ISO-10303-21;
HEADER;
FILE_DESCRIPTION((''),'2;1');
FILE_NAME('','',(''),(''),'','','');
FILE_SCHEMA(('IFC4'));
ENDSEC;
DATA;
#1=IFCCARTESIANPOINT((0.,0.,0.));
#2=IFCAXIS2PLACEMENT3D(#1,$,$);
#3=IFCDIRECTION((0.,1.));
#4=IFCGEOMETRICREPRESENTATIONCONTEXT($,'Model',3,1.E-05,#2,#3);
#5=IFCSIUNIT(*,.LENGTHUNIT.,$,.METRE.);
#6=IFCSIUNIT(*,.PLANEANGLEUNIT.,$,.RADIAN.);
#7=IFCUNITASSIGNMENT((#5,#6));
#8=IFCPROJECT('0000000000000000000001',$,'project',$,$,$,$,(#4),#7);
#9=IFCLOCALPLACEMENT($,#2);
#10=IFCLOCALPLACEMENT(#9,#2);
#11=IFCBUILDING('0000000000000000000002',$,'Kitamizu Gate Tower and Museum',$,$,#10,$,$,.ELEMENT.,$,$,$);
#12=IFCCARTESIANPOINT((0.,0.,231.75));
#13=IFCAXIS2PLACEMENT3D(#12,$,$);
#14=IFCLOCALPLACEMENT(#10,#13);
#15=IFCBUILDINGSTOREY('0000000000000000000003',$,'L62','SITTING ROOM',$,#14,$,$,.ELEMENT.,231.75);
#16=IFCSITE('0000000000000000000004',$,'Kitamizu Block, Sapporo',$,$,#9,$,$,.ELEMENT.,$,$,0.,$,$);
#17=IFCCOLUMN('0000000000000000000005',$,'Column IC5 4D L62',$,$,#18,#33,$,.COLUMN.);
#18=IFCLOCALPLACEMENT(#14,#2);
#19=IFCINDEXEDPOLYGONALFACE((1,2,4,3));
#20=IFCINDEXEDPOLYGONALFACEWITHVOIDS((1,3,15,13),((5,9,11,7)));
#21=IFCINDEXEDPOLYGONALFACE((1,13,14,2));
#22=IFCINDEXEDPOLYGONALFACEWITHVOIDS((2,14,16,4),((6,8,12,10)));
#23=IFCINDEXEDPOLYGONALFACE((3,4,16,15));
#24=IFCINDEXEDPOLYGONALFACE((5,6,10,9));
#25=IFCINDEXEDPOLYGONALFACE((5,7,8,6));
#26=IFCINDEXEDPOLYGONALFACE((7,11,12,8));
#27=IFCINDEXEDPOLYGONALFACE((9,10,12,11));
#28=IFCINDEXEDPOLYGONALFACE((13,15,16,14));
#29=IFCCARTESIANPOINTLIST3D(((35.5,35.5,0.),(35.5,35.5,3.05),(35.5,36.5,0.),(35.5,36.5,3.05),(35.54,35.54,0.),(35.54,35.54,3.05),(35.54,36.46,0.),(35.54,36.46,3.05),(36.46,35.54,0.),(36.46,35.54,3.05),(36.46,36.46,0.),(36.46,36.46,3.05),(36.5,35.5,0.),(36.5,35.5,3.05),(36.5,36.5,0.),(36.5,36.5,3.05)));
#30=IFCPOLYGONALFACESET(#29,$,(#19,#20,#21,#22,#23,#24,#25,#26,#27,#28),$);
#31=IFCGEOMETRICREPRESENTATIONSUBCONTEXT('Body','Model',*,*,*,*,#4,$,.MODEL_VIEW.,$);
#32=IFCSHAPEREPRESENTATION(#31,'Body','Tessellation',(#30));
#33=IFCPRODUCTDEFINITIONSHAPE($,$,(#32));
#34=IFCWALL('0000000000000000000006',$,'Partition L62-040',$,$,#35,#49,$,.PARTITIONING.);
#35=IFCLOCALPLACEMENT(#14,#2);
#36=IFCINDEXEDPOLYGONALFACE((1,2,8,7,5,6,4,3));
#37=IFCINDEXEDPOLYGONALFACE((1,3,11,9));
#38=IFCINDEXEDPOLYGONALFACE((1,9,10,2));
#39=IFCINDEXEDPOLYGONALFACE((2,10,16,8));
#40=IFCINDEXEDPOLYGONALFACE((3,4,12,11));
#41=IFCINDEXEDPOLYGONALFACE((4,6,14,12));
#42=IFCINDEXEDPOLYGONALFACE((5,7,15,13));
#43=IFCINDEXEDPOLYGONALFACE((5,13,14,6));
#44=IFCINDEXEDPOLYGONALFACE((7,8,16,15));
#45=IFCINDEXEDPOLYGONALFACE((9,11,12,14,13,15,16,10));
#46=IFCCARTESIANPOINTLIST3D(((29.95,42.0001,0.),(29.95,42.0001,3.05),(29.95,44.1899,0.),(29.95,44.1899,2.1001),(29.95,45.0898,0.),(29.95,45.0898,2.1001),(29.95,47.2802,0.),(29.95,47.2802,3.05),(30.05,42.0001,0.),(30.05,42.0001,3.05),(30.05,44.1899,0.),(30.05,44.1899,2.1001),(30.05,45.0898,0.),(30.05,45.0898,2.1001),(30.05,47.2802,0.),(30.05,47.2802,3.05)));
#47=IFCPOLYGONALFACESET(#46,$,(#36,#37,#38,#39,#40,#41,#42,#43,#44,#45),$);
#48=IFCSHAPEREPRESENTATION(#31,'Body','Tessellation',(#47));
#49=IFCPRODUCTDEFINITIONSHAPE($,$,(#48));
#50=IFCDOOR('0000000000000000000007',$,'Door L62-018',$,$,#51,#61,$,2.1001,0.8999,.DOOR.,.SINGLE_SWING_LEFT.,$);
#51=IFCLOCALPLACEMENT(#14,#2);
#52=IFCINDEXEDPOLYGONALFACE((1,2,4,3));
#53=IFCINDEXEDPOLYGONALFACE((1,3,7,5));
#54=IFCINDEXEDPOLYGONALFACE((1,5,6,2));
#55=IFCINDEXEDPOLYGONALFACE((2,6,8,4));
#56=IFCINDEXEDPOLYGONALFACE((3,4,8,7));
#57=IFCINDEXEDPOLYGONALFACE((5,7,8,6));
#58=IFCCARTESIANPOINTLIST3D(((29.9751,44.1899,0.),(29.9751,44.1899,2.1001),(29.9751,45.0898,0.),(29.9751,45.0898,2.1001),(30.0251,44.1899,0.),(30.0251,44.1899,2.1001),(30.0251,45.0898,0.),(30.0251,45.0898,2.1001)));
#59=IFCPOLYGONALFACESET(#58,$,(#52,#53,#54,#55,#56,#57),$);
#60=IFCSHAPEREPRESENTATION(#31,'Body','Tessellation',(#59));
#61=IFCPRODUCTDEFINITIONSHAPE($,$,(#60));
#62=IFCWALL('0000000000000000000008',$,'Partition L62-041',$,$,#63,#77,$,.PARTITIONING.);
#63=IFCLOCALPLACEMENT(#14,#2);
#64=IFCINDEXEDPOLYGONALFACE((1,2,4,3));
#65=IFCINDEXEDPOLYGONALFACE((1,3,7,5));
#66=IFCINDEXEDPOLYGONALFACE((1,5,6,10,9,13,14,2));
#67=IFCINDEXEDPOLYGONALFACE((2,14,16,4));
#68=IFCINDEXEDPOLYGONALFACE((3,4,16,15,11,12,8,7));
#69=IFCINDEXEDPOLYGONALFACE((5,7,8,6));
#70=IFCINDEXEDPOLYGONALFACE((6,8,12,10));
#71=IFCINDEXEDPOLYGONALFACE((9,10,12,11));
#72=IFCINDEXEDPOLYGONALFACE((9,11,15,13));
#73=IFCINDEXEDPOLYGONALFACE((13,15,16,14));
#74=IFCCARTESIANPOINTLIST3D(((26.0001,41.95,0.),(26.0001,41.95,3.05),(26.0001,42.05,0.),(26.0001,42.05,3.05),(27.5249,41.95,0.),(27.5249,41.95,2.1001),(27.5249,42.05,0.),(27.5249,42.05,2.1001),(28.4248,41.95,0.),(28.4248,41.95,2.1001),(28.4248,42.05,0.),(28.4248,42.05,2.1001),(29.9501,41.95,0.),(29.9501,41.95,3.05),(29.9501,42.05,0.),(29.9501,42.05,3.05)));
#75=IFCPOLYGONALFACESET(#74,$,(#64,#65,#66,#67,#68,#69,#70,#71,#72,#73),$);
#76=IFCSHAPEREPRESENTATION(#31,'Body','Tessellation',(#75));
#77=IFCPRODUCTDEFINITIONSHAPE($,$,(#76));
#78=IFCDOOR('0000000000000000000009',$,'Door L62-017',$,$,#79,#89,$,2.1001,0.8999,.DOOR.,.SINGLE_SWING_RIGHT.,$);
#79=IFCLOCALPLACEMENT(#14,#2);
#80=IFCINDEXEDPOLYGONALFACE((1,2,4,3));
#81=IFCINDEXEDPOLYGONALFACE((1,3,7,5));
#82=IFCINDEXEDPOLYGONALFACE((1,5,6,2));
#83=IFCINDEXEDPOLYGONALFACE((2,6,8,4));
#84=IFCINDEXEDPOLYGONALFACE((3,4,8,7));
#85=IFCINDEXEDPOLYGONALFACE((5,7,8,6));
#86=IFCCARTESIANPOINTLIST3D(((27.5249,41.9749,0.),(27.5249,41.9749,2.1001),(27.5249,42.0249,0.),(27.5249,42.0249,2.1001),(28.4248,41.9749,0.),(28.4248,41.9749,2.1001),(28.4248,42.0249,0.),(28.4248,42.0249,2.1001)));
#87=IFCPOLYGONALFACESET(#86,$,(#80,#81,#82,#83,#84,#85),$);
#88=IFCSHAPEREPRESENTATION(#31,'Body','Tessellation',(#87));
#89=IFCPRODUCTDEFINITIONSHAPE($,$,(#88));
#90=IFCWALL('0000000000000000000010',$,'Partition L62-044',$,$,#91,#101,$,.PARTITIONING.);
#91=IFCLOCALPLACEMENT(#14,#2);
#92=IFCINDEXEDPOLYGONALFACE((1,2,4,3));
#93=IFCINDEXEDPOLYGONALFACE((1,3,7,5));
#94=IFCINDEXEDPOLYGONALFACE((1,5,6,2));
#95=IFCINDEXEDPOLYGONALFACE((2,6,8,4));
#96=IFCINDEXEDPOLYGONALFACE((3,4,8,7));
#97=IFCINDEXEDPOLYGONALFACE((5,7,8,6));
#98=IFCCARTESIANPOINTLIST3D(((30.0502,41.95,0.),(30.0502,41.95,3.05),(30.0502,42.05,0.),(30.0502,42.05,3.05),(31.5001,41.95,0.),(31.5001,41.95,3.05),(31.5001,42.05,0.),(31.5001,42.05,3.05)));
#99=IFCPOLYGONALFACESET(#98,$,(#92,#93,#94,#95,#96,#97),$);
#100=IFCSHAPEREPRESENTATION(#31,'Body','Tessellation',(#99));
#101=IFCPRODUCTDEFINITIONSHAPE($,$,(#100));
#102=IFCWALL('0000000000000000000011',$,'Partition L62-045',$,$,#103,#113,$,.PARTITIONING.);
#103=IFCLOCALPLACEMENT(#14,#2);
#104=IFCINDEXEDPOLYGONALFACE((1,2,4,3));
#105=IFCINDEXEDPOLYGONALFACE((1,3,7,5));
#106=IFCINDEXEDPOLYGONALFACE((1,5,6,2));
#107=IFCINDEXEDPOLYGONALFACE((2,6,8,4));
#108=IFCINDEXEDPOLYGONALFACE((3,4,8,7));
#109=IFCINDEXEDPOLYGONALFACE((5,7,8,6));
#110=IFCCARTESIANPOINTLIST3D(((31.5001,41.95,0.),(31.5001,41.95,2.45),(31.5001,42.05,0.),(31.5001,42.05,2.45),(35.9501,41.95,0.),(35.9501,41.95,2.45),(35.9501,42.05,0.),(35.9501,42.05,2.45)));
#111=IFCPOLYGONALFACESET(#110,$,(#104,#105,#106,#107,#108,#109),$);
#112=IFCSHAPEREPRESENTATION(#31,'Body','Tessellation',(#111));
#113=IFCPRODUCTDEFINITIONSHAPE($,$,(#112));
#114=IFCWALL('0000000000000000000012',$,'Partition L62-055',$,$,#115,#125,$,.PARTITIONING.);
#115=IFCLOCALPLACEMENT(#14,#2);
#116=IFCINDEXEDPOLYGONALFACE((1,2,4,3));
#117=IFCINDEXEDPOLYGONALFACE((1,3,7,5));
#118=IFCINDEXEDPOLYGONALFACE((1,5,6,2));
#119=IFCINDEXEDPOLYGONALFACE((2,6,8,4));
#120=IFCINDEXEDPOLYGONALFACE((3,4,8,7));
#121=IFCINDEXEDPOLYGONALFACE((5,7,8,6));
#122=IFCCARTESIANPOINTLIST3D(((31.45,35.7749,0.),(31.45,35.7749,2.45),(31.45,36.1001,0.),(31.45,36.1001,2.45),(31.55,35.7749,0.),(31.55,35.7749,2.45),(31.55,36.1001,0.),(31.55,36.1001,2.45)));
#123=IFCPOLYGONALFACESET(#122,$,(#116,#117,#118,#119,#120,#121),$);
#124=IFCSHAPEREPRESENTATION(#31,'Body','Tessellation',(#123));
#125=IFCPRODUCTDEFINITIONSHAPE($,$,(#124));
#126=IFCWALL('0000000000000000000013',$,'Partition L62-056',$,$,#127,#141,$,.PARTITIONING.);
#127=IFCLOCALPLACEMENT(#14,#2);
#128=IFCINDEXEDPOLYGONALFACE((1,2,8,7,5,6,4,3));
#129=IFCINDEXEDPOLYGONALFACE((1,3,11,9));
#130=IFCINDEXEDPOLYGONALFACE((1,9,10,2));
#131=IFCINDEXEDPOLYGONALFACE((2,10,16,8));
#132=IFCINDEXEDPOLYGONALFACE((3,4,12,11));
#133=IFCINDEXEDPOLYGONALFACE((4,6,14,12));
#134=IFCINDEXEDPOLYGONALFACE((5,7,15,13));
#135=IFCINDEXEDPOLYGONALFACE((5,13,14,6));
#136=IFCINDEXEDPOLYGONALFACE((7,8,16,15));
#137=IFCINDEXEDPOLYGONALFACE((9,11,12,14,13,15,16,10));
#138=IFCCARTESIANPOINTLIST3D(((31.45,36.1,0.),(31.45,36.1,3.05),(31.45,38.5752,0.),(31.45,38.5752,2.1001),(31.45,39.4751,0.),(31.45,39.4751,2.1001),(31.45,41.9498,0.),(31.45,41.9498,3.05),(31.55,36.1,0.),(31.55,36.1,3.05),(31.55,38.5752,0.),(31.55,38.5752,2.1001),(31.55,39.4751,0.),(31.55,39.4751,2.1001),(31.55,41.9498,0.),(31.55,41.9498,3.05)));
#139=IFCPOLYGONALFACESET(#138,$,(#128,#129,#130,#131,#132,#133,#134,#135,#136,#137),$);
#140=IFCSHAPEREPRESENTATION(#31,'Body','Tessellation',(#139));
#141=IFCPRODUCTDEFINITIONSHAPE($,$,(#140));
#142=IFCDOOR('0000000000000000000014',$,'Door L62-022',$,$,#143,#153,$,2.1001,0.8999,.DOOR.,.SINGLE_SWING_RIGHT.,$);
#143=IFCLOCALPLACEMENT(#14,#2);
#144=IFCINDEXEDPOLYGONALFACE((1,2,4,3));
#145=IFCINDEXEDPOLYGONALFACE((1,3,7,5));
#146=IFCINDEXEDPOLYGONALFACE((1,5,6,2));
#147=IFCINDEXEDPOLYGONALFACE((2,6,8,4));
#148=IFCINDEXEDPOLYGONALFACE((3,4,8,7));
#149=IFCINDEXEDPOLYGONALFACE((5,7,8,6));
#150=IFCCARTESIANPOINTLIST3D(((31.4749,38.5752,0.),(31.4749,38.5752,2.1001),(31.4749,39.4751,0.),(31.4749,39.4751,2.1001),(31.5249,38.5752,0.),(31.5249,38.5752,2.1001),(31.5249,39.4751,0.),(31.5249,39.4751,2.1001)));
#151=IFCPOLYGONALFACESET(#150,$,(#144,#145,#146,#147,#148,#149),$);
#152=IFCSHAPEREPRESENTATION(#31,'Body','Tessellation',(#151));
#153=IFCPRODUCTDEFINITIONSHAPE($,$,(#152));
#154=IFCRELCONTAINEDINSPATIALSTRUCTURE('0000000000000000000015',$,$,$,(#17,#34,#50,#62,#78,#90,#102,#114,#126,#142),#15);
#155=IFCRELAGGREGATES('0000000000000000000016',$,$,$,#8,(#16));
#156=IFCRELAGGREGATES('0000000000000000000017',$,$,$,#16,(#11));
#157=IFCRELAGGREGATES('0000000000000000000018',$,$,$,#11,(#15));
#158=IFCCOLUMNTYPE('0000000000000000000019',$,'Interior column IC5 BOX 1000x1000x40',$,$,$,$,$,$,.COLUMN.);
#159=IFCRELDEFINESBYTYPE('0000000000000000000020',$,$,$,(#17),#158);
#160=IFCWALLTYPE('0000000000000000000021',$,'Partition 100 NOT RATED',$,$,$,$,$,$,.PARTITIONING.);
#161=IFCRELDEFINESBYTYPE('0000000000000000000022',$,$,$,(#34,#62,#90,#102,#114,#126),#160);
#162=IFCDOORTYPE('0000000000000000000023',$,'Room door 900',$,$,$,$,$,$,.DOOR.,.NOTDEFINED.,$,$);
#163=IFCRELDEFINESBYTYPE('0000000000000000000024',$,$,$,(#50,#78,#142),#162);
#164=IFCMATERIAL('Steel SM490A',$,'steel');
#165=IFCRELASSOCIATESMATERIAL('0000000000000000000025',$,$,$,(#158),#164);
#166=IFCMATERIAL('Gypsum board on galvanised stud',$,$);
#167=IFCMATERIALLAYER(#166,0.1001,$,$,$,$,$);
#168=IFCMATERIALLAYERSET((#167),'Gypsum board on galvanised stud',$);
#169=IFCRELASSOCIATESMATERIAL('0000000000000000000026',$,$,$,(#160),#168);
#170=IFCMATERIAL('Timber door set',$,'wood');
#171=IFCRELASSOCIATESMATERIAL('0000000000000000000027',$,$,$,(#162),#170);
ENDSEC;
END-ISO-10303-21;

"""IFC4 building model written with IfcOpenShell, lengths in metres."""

from ifc_helpers import new_model, si_unit, direction, frame, frame_2d, origin, origin_2d, place, context, subcontext, project, spatial, rectangle, hollow_rectangle, extrude, material, layer, layer_set, material_profile, profile_set, type_object, element, fill, save


model = new_model("IFC4")

# Units and contexts
model_context = context("Model", 3, precision=1e-05, world=origin(), true_north=direction((0.0, 1.0)))
body_context = subcontext(model_context, "Body", "Model", "MODEL_VIEW")
ifc_project = project(units=[si_unit("LENGTHUNIT", "METRE"), si_unit("PLANEANGLEUNIT", "RADIAN")], contexts=[model_context])

# Site, building, storey
site_placement = place(None, origin())
site = spatial("IfcSite", under=ifc_project, at=site_placement, Name="Kitamizu Block, Sapporo", CompositionType="ELEMENT", RefElevation=0.0)
building_placement = place(site_placement, origin())
building = spatial("IfcBuilding", under=site, at=building_placement, Name="Kitamizu Gate Tower and Museum", CompositionType="ELEMENT")
storey_placement = place(building_placement, frame((0.0, 0.0, 231.75)))
storey = spatial("IfcBuildingStorey", under=building, at=storey_placement, Name="L62", Description="SITTING ROOM", CompositionType="ELEMENT", Elevation=231.75)

# Column
ifc_material_1 = material(Name="Steel SM490A", Category="steel")
ifc_material_profile = material_profile(ifc_material_1, hollow_rectangle(XDim=1.0, YDim=1.0, WallThickness=0.04, at=origin_2d()), Name="BOX 1000x1000x40")
ifc_profile_set = profile_set([ifc_material_profile], Name="Steel SM490A")
column_type = type_object("IfcColumnType", Name="Interior column IC5 BOX 1000x1000x40", PredefinedType="COLUMN", material=ifc_profile_set)
column_placement = place(storey_placement, frame((36.0, 36.0, 0.0), z_axis=(0.0, 0.0, 1.0), x_axis=(1.0, 0.0, 0.0)))
element("IfcColumn", 1, at=column_placement, inside=storey, type_object=column_type, Name="Column IC5 4D L62", PredefinedType="COLUMN", context=body_context, shape_type="SweptSolid", body=[
    extrude(hollow_rectangle(XDim=1.0, YDim=1.0, WallThickness=0.04, at=origin_2d()), origin(), (0.0, 0.0, 1.0), 3.05),
])

# Walls, openings, doors
ifc_material_2 = material(Name="Gypsum board on galvanised stud")
ifc_layer_1 = layer(ifc_material_2, 0.1001)
ifc_layer_set_1 = layer_set([ifc_layer_1], Name="Gypsum board on galvanised stud")
wall_type_1 = type_object("IfcWallType", Name="Partition 100 NOT RATED", PredefinedType="PARTITIONING", material=ifc_layer_set_1)
wall_1_placement = place(storey_placement, frame((30.0, 42.0, 0.0), z_axis=(0.0, 0.0, 1.0), x_axis=(0.0, 1.0, 0.0)))
wall_1 = element("IfcWall", 2, at=wall_1_placement, inside=storey, type_object=wall_type_1, Name="Partition L62-040", PredefinedType="PARTITIONING", context=body_context, shape_type="SweptSolid", body=[
    extrude(rectangle(XDim=5.28, YDim=0.1001, at=frame_2d((2.6401, 0.0))), origin(), (0.0, 0.0, 1.0), 3.05),
])
opening_1_placement = place(wall_1_placement, frame((2.1899, 0.0, 0.0)))
opening_1 = element("IfcOpeningElement", 3, at=opening_1_placement, cuts=wall_1, PredefinedType="OPENING", context=body_context, shape_type="SweptSolid", body=[
    extrude(rectangle(XDim=0.8999, YDim=2.1001, at=frame_2d((0.45, 1.05))), frame((0.0, 0.0601, 0.0), z_axis=(0.0, -1.0, 0.0), x_axis=(1.0, 0.0, 0.0)), (0.0, 0.0, 1.0), 0.1201),
])
ifc_material_3 = material(Name="Timber door set", Category="wood")
door_type_1 = type_object("IfcDoorType", Name="Room door 900", OperationType="NOTDEFINED", PredefinedType="DOOR", material=ifc_material_3)
door_1_placement = place(opening_1_placement, origin())
door_1 = element("IfcDoor", 4, at=door_1_placement, inside=storey, type_object=door_type_1, Name="Door L62-018", OperationType="SINGLE_SWING_LEFT", OverallHeight=2.1001, OverallWidth=0.8999, PredefinedType="DOOR", context=body_context, shape_type="SweptSolid", body=[
    extrude(rectangle(XDim=0.8999, YDim=2.1001, at=frame_2d((0.45, 1.05))), frame((0.0, 0.0249, 0.0), z_axis=(0.0, -1.0, 0.0), x_axis=(1.0, 0.0, 0.0)), (0.0, 0.0, 1.0), 0.05),
])
fill(opening_1, door_1)
wall_2_placement = place(storey_placement, frame((26.0, 42.0, 0.0), z_axis=(0.0, 0.0, 1.0), x_axis=(1.0, 0.0, 0.0)))
wall_2 = element("IfcWall", 5, at=wall_2_placement, inside=storey, type_object=wall_type_1, Name="Partition L62-041", PredefinedType="PARTITIONING", context=body_context, shape_type="SweptSolid", body=[
    extrude(rectangle(XDim=3.95, YDim=0.1001, at=frame_2d((1.9751, 0.0))), origin(), (0.0, 0.0, 1.0), 3.05),
])
opening_2_placement = place(wall_2_placement, frame((1.5249, 0.0, 0.0)))
opening_2 = element("IfcOpeningElement", 6, at=opening_2_placement, cuts=wall_2, PredefinedType="OPENING", context=body_context, shape_type="SweptSolid", body=[
    extrude(rectangle(XDim=0.8999, YDim=2.1001, at=frame_2d((0.45, 1.05))), frame((0.0, 0.0601, 0.0), z_axis=(0.0, -1.0, 0.0), x_axis=(1.0, 0.0, 0.0)), (0.0, 0.0, 1.0), 0.1201),
])
door_2_placement = place(opening_2_placement, origin())
door_2 = element("IfcDoor", 7, at=door_2_placement, inside=storey, type_object=door_type_1, Name="Door L62-017", OperationType="SINGLE_SWING_RIGHT", OverallHeight=2.1001, OverallWidth=0.8999, PredefinedType="DOOR", context=body_context, shape_type="SweptSolid", body=[
    extrude(rectangle(XDim=0.8999, YDim=2.1001, at=frame_2d((0.45, 1.05))), frame((0.0, 0.0249, 0.0), z_axis=(0.0, -1.0, 0.0), x_axis=(1.0, 0.0, 0.0)), (0.0, 0.0, 1.0), 0.05),
])
fill(opening_2, door_2)

# Walls
wall_3_placement = place(storey_placement, frame((30.05, 42.0, 0.0), z_axis=(0.0, 0.0, 1.0), x_axis=(1.0, 0.0, 0.0)))
element("IfcWall", 8, at=wall_3_placement, inside=storey, type_object=wall_type_1, Name="Partition L62-044", PredefinedType="PARTITIONING", context=body_context, shape_type="SweptSolid", body=[
    extrude(rectangle(XDim=1.45, YDim=0.1001, at=frame_2d((0.7251, 0.0))), origin(), (0.0, 0.0, 1.0), 3.05),
])
wall_4_placement = place(storey_placement, frame((31.5, 42.0, 0.0), z_axis=(0.0, 0.0, 1.0), x_axis=(1.0, 0.0, 0.0)))
element("IfcWall", 9, at=wall_4_placement, inside=storey, type_object=wall_type_1, Name="Partition L62-045", PredefinedType="PARTITIONING", context=body_context, shape_type="SweptSolid", body=[
    extrude(rectangle(XDim=4.45, YDim=0.1001, at=frame_2d((2.2251, 0.0))), origin(), (0.0, 0.0, 1.0), 2.45),
])
wall_5_placement = place(storey_placement, frame((31.5, 35.7749, 0.0), z_axis=(0.0, 0.0, 1.0), x_axis=(0.0, 1.0, 0.0)))
element("IfcWall", 10, at=wall_5_placement, inside=storey, type_object=wall_type_1, Name="Partition L62-055", PredefinedType="PARTITIONING", context=body_context, shape_type="SweptSolid", body=[
    extrude(rectangle(XDim=0.3252, YDim=0.1001, at=frame_2d((0.1626, 0.0))), origin(), (0.0, 0.0, 1.0), 2.45),
])

# Wall, opening, door
wall_6_placement = place(storey_placement, frame((31.5, 36.1001, 0.0), z_axis=(0.0, 0.0, 1.0), x_axis=(0.0, 1.0, 0.0)))
wall_6 = element("IfcWall", 11, at=wall_6_placement, inside=storey, type_object=wall_type_1, Name="Partition L62-056", PredefinedType="PARTITIONING", context=body_context, shape_type="SweptSolid", body=[
    extrude(rectangle(XDim=5.8499, YDim=0.1001, at=frame_2d((2.9248, 0.0))), origin(), (0.0, 0.0, 1.0), 3.05),
])
opening_3_placement = place(wall_6_placement, frame((2.4751, 0.0, 0.0)))
opening_3 = element("IfcOpeningElement", 12, at=opening_3_placement, cuts=wall_6, PredefinedType="OPENING", context=body_context, shape_type="SweptSolid", body=[
    extrude(rectangle(XDim=0.8999, YDim=2.1001, at=frame_2d((0.45, 1.05))), frame((0.0, 0.0601, 0.0), z_axis=(0.0, -1.0, 0.0), x_axis=(1.0, 0.0, 0.0)), (0.0, 0.0, 1.0), 0.1201),
])
door_3_placement = place(opening_3_placement, frame((0.8999, 0.0, 0.0), x_axis=(-1.0, 0.0, 0.0)))
door_3 = element("IfcDoor", 13, at=door_3_placement, inside=storey, type_object=door_type_1, Name="Door L62-022", OperationType="SINGLE_SWING_RIGHT", OverallHeight=2.1001, OverallWidth=0.8999, PredefinedType="DOOR", context=body_context, shape_type="SweptSolid", body=[
    extrude(rectangle(XDim=0.8999, YDim=2.1001, at=frame_2d((0.45, 1.05))), frame((0.0, 0.0249, 0.0), z_axis=(0.0, -1.0, 0.0), x_axis=(1.0, 0.0, 0.0)), (0.0, 0.0, 1.0), 0.05),
])
fill(opening_3, door_3)

save(model, "model.ifc")
